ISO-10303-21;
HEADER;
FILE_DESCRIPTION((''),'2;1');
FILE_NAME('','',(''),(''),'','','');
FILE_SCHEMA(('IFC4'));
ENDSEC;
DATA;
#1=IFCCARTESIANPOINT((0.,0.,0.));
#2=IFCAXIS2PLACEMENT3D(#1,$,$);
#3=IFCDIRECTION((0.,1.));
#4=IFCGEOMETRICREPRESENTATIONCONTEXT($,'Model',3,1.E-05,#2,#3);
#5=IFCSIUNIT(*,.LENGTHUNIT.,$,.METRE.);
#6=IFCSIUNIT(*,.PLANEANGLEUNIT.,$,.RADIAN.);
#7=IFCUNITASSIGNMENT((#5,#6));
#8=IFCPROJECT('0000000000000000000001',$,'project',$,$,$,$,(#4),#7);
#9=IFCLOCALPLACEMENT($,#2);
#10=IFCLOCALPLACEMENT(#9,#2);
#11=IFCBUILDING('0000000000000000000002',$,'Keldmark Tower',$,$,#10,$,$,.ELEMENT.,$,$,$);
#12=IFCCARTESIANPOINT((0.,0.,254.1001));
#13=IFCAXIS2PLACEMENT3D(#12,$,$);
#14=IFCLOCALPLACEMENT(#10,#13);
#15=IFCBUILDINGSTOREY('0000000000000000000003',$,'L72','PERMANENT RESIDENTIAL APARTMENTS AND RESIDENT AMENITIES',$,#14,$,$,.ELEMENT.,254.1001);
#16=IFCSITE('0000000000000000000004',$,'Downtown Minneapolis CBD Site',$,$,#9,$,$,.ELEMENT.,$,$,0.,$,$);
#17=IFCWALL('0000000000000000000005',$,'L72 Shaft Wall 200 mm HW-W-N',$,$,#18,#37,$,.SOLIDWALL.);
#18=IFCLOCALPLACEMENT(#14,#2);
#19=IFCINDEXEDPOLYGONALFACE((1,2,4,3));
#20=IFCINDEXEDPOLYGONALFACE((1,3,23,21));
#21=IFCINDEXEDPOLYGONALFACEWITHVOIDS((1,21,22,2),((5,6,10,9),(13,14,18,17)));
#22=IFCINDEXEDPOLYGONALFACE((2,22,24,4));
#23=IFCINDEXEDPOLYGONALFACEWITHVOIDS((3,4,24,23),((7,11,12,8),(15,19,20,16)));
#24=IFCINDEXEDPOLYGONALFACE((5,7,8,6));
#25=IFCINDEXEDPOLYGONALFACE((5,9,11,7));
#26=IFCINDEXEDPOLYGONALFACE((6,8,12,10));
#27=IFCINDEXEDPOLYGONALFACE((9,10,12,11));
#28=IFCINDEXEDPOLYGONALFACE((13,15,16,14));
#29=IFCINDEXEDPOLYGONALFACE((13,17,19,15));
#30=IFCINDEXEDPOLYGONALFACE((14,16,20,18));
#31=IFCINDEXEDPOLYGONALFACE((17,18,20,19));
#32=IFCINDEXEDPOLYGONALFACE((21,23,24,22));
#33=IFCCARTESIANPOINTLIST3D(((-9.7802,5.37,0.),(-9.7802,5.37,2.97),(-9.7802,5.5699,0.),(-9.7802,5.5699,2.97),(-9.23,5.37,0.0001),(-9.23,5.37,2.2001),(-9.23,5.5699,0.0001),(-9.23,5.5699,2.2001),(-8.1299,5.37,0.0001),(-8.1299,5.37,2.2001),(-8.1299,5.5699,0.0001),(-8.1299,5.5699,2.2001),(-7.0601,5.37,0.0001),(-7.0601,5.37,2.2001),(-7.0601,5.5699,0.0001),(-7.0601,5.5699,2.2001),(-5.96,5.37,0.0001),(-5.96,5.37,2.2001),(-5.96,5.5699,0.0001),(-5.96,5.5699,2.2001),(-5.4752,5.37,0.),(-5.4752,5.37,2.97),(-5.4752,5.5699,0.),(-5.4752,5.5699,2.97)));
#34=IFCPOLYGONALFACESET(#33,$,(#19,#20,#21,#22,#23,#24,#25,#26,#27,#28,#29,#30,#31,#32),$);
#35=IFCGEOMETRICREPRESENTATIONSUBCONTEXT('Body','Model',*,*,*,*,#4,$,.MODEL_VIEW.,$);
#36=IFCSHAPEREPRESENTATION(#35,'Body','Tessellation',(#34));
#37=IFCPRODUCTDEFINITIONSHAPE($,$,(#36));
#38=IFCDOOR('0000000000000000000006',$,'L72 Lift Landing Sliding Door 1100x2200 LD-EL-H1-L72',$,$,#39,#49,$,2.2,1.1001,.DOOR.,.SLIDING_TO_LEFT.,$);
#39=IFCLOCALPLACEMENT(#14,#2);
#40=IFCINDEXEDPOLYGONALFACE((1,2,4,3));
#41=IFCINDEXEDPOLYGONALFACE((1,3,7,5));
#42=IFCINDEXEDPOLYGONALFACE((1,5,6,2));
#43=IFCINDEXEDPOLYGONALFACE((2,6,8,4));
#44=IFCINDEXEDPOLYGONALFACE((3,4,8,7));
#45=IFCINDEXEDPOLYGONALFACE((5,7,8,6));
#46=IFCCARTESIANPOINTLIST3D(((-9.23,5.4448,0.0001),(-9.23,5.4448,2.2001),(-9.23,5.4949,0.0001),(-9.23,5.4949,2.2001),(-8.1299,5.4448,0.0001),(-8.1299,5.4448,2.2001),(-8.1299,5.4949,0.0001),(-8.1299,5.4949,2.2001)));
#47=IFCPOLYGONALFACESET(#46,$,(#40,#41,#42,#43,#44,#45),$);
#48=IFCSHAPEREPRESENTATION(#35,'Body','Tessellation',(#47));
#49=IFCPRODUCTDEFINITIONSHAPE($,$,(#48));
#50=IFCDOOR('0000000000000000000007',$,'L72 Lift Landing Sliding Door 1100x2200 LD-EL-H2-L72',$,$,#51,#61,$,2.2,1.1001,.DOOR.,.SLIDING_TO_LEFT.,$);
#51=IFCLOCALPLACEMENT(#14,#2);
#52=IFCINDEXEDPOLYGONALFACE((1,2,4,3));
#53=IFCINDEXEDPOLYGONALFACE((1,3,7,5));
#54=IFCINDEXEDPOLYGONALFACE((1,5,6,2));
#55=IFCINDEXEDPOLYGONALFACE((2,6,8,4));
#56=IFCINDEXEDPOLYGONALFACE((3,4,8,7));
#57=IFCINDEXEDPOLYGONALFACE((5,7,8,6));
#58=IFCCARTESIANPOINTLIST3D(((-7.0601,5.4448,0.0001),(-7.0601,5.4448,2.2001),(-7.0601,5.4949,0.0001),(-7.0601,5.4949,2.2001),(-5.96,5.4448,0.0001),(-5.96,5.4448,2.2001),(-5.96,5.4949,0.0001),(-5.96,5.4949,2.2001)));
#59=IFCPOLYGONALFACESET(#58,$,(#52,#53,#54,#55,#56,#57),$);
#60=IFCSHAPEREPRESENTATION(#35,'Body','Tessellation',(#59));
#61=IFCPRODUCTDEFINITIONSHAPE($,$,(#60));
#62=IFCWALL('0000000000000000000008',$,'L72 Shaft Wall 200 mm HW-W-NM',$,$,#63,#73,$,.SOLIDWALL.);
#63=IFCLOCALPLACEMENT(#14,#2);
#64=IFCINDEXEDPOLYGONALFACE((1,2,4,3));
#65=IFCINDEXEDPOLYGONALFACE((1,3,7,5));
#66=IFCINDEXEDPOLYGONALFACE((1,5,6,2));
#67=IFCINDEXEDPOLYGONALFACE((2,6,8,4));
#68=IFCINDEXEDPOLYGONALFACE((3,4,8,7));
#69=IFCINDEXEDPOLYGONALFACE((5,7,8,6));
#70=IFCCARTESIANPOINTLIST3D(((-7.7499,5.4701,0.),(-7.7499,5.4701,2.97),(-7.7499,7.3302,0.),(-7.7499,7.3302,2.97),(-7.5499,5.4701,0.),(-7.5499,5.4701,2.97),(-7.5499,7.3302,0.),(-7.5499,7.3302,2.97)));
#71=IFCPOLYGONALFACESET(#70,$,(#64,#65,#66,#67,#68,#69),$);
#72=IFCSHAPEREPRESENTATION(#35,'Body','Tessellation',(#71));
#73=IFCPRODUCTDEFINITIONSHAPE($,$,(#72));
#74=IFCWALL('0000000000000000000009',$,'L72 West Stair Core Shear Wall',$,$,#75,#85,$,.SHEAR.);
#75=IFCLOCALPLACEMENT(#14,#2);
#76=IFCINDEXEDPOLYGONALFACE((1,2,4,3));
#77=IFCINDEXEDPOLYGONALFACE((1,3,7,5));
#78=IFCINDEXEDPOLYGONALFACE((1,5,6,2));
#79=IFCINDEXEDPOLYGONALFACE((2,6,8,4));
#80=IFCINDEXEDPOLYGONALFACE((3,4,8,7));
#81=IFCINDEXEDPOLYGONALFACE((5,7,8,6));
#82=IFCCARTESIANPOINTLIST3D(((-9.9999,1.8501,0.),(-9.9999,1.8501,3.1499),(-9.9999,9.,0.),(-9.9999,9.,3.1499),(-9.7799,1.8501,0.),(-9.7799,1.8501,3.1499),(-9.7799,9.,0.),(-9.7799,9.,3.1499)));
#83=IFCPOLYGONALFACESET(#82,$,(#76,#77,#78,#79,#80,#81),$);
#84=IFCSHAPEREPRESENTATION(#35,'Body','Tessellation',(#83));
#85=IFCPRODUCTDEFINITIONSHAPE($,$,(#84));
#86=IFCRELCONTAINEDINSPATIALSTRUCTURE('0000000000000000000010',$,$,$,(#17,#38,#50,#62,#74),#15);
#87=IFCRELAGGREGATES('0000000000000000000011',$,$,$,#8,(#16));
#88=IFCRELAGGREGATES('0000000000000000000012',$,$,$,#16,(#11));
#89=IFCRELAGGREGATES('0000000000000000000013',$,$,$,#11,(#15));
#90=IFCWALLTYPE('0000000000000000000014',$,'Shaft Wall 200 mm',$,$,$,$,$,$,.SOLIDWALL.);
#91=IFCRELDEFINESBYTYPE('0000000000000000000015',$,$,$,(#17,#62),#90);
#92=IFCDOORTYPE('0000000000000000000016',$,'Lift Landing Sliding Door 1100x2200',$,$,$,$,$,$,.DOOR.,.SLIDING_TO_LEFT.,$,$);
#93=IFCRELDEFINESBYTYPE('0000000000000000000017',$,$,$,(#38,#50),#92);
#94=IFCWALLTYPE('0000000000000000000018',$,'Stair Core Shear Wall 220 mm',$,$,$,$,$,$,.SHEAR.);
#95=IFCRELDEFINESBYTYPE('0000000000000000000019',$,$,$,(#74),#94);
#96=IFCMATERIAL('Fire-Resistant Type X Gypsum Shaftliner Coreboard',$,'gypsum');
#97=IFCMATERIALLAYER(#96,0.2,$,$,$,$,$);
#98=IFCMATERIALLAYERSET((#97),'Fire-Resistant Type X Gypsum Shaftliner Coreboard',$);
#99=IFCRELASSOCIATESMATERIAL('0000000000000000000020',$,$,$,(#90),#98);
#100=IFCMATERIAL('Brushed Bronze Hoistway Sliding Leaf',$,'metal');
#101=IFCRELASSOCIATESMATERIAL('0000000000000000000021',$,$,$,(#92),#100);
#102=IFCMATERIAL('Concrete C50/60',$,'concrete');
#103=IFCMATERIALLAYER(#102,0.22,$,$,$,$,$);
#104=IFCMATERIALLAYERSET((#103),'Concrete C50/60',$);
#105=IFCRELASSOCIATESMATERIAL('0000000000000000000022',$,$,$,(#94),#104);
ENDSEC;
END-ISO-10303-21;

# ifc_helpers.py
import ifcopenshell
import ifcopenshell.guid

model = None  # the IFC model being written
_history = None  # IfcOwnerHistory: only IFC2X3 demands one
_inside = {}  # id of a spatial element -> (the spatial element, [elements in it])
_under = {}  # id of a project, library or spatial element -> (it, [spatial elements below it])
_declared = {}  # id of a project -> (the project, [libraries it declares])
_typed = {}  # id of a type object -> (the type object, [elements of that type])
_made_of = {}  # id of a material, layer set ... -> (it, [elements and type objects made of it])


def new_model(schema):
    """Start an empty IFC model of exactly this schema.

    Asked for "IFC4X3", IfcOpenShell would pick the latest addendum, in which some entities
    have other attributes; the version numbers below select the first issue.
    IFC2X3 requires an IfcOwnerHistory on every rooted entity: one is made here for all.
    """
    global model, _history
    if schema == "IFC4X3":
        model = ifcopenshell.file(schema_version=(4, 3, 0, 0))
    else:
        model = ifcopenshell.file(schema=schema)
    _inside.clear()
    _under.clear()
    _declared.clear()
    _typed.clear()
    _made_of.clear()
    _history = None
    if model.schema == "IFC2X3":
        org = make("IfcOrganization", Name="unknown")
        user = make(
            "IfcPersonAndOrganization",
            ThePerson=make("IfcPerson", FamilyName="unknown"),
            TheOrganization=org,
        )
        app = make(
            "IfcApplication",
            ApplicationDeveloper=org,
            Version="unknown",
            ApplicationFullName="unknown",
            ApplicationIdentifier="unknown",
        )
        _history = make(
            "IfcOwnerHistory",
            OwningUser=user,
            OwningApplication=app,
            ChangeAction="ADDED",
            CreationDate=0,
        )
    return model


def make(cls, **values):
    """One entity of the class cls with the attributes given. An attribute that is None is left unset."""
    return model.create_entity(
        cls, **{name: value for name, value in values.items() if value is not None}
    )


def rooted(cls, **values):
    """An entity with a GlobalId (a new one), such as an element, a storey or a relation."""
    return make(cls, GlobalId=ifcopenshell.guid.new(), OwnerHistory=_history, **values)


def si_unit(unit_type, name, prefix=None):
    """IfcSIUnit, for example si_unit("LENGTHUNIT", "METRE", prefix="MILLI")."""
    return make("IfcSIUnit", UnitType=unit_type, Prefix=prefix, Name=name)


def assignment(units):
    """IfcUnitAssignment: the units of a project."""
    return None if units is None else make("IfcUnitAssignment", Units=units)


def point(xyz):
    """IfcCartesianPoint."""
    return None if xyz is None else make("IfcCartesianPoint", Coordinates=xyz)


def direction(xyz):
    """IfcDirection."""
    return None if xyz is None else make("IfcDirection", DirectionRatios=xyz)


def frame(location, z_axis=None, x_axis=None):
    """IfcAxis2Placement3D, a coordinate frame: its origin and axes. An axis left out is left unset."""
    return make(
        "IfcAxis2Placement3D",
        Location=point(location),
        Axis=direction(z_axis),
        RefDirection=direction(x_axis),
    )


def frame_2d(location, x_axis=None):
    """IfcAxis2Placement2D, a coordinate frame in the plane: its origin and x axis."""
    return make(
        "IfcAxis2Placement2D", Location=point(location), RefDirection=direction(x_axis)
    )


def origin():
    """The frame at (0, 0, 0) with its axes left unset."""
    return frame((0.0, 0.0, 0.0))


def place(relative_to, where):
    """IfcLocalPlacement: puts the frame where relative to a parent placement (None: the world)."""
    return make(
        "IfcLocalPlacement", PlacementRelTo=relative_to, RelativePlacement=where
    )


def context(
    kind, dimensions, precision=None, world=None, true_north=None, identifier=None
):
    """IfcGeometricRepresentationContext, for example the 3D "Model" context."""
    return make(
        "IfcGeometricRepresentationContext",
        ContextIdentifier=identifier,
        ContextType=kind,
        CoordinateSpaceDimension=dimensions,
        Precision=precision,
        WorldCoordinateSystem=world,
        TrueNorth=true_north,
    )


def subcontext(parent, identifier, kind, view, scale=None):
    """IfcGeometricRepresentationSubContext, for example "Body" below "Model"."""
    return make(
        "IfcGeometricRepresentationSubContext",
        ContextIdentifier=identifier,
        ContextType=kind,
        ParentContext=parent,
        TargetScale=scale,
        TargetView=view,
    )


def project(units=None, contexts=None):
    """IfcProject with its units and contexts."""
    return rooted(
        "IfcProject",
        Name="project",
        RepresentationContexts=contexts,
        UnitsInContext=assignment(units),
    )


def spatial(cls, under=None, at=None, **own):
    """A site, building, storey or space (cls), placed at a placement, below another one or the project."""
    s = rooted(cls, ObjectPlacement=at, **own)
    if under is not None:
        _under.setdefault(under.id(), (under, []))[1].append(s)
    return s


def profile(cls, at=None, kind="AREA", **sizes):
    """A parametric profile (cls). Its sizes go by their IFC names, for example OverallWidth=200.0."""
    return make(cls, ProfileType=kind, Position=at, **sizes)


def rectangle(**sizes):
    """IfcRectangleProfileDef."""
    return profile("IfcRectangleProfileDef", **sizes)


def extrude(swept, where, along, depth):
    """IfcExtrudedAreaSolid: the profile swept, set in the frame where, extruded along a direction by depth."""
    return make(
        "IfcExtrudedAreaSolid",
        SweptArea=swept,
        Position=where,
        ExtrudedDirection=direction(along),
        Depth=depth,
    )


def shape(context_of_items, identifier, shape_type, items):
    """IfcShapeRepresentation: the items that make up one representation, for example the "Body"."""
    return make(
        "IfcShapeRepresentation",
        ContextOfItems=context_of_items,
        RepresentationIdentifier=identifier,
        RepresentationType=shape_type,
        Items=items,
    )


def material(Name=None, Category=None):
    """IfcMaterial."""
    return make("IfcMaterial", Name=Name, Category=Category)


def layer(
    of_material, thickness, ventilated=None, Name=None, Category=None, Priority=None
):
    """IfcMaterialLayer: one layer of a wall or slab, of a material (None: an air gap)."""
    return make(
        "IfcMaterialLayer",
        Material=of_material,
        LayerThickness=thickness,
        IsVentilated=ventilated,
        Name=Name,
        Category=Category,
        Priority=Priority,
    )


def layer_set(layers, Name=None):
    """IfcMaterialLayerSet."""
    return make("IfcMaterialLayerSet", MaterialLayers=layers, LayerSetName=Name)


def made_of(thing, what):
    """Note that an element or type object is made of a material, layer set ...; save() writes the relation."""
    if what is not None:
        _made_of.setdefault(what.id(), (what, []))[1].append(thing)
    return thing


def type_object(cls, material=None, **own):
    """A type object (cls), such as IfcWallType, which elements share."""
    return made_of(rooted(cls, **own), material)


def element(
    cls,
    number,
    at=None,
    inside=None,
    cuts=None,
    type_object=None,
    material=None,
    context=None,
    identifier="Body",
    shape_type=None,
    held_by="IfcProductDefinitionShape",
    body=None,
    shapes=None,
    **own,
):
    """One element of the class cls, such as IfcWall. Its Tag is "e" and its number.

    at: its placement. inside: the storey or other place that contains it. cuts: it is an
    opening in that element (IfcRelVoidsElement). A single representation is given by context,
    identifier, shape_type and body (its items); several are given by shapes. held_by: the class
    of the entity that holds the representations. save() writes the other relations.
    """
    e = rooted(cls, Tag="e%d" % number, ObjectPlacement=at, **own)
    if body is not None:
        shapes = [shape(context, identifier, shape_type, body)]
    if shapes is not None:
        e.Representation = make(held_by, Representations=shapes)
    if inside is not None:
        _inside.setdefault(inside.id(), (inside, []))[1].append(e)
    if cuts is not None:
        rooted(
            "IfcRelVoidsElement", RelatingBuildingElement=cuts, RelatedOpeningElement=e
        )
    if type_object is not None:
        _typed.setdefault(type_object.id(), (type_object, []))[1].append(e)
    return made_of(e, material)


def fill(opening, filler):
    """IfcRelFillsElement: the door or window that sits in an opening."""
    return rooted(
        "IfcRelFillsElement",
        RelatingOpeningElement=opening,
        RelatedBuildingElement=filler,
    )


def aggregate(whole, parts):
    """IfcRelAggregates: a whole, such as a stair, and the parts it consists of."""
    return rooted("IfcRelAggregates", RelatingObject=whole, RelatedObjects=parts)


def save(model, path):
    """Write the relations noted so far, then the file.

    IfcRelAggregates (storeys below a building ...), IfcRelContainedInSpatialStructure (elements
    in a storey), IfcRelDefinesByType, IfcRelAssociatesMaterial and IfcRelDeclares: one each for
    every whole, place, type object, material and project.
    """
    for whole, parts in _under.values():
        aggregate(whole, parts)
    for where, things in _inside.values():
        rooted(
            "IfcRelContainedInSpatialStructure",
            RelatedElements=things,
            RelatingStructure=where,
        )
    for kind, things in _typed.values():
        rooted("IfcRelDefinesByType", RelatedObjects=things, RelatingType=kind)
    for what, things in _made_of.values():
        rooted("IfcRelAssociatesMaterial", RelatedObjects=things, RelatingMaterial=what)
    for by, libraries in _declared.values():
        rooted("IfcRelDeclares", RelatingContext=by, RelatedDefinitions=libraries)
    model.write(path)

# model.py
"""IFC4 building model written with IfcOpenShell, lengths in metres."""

from ifc_helpers import new_model, si_unit, direction, frame, frame_2d, origin, place, context, subcontext, project, spatial, rectangle, extrude, material, layer, layer_set, type_object, element, fill, save


model = new_model("IFC4")

# Units and contexts
model_context = context("Model", 3, precision=1e-05, world=origin(), true_north=direction((0.0, 1.0)))
body_context = subcontext(model_context, "Body", "Model", "MODEL_VIEW")
ifc_project = project(units=[si_unit("LENGTHUNIT", "METRE"), si_unit("PLANEANGLEUNIT", "RADIAN")], contexts=[model_context])

# Site, building, storey
site_placement = place(None, origin())
site = spatial("IfcSite", under=ifc_project, at=site_placement, Name="Downtown Minneapolis CBD Site", CompositionType="ELEMENT", RefElevation=0.0)
building_placement = place(site_placement, origin())
building = spatial("IfcBuilding", under=site, at=building_placement, Name="Keldmark Tower", CompositionType="ELEMENT")
storey_placement = place(building_placement, frame((0.0, 0.0, 254.1001)))
storey = spatial("IfcBuildingStorey", under=building, at=storey_placement, Name="L72", Description="PERMANENT RESIDENTIAL APARTMENTS AND RESIDENT AMENITIES", CompositionType="ELEMENT", Elevation=254.1001)

# Shared definitions
ifc_material_1 = material(Name="Fire-Resistant Type X Gypsum Shaftliner Coreboard", Category="gypsum")
ifc_layer_1 = layer(ifc_material_1, 0.2)
ifc_layer_set_1 = layer_set([ifc_layer_1], Name="Fire-Resistant Type X Gypsum Shaftliner Coreboard")
wall_type_1 = type_object("IfcWallType", Name="Shaft Wall 200 mm", PredefinedType="SOLIDWALL", material=ifc_layer_set_1)
ifc_material_2 = material(Name="Brushed Bronze Hoistway Sliding Leaf", Category="metal")
door_type = type_object("IfcDoorType", Name="Lift Landing Sliding Door 1100x2200", OperationType="SLIDING_TO_LEFT", PredefinedType="DOOR", material=ifc_material_2)

# Wall, openings, doors
wall_1_placement = place(storey_placement, frame((-9.78, 5.47, 0.0), z_axis=(0.0, 0.0, 1.0), x_axis=(1.0, 0.0, 0.0)))
wall_1 = element("IfcWall", 1, at=wall_1_placement, inside=storey, type_object=wall_type_1, Name="L72 Shaft Wall 200 mm HW-W-N", PredefinedType="SOLIDWALL", context=body_context, shape_type="SweptSolid", body=[
    extrude(rectangle(XDim=4.3049, YDim=0.2, at=frame_2d((2.1523, 0.0))), origin(), (0.0, 0.0, 1.0), 2.97),
])
opening_1_placement = place(wall_1_placement, frame((0.55, 0.0, 0.0)))
opening_1 = element("IfcOpeningElement", 2, at=opening_1_placement, cuts=wall_1, PredefinedType="OPENING", context=body_context, shape_type="SweptSolid", body=[
    extrude(rectangle(XDim=1.1001, YDim=2.2, at=frame_2d((0.55, 1.1001))), frame((0.0, 0.1099, 0.0), z_axis=(0.0, -1.0, 0.0), x_axis=(1.0, 0.0, 0.0)), (0.0, 0.0, 1.0), 0.22),
])
opening_2_placement = place(wall_1_placement, frame((2.72, 0.0, 0.0)))
opening_2 = element("IfcOpeningElement", 3, at=opening_2_placement, cuts=wall_1, PredefinedType="OPENING", context=body_context, shape_type="SweptSolid", body=[
    extrude(rectangle(XDim=1.1001, YDim=2.2, at=frame_2d((0.55, 1.1001))), frame((0.0, 0.1099, 0.0), z_axis=(0.0, -1.0, 0.0), x_axis=(1.0, 0.0, 0.0)), (0.0, 0.0, 1.0), 0.22),
])
door_1_placement = place(opening_1_placement, origin())
door_1 = element("IfcDoor", 4, at=door_1_placement, inside=storey, type_object=door_type, Name="L72 Lift Landing Sliding Door 1100x2200 LD-EL-H1-L72", OperationType="SLIDING_TO_LEFT", OverallHeight=2.2, OverallWidth=1.1001, PredefinedType="DOOR", context=body_context, shape_type="SweptSolid", body=[
    extrude(rectangle(XDim=1.1001, YDim=2.2, at=frame_2d((0.55, 1.1001))), frame((0.0, 0.0249, 0.0), z_axis=(0.0, -1.0, 0.0), x_axis=(1.0, 0.0, 0.0)), (0.0, 0.0, 1.0), 0.05),
])
fill(opening_1, door_1)
door_2_placement = place(opening_2_placement, origin())
door_2 = element("IfcDoor", 5, at=door_2_placement, inside=storey, type_object=door_type, Name="L72 Lift Landing Sliding Door 1100x2200 LD-EL-H2-L72", OperationType="SLIDING_TO_LEFT", OverallHeight=2.2, OverallWidth=1.1001, PredefinedType="DOOR", context=body_context, shape_type="SweptSolid", body=[
    extrude(rectangle(XDim=1.1001, YDim=2.2, at=frame_2d((0.55, 1.1001))), frame((0.0, 0.0249, 0.0), z_axis=(0.0, -1.0, 0.0), x_axis=(1.0, 0.0, 0.0)), (0.0, 0.0, 1.0), 0.05),
])
fill(opening_2, door_2)

# Walls
wall_2_placement = place(storey_placement, frame((-7.6499, 5.47, 0.0), z_axis=(0.0, 0.0, 1.0), x_axis=(0.0, 1.0, 0.0)))
element("IfcWall", 6, at=wall_2_placement, inside=storey, type_object=wall_type_1, Name="L72 Shaft Wall 200 mm HW-W-NM", PredefinedType="SOLIDWALL", context=body_context, shape_type="SweptSolid", body=[
    extrude(rectangle(XDim=1.8601, YDim=0.2, at=frame_2d((0.9302, 0.0))), origin(), (0.0, 0.0, 1.0), 2.97),
])
ifc_material_3 = material(Name="Concrete C50/60", Category="concrete")
ifc_layer_2 = layer(ifc_material_3, 0.22)
ifc_layer_set_2 = layer_set([ifc_layer_2], Name="Concrete C50/60")
wall_type_2 = type_object("IfcWallType", Name="Stair Core Shear Wall 220 mm", PredefinedType="SHEAR", material=ifc_layer_set_2)
wall_3_placement = place(storey_placement, frame((-9.8899, 1.8501, 0.0), z_axis=(0.0, 0.0, 1.0), x_axis=(0.0, 1.0, 0.0)))
element("IfcWall", 7, at=wall_3_placement, inside=storey, type_object=wall_type_2, Name="L72 West Stair Core Shear Wall", PredefinedType="SHEAR", context=body_context, shape_type="SweptSolid", body=[
    extrude(rectangle(XDim=7.1499, YDim=0.22, at=frame_2d((3.575, 0.0))), origin(), (0.0, 0.0, 1.0), 3.1499),
])

save(model, "model.ifc")
